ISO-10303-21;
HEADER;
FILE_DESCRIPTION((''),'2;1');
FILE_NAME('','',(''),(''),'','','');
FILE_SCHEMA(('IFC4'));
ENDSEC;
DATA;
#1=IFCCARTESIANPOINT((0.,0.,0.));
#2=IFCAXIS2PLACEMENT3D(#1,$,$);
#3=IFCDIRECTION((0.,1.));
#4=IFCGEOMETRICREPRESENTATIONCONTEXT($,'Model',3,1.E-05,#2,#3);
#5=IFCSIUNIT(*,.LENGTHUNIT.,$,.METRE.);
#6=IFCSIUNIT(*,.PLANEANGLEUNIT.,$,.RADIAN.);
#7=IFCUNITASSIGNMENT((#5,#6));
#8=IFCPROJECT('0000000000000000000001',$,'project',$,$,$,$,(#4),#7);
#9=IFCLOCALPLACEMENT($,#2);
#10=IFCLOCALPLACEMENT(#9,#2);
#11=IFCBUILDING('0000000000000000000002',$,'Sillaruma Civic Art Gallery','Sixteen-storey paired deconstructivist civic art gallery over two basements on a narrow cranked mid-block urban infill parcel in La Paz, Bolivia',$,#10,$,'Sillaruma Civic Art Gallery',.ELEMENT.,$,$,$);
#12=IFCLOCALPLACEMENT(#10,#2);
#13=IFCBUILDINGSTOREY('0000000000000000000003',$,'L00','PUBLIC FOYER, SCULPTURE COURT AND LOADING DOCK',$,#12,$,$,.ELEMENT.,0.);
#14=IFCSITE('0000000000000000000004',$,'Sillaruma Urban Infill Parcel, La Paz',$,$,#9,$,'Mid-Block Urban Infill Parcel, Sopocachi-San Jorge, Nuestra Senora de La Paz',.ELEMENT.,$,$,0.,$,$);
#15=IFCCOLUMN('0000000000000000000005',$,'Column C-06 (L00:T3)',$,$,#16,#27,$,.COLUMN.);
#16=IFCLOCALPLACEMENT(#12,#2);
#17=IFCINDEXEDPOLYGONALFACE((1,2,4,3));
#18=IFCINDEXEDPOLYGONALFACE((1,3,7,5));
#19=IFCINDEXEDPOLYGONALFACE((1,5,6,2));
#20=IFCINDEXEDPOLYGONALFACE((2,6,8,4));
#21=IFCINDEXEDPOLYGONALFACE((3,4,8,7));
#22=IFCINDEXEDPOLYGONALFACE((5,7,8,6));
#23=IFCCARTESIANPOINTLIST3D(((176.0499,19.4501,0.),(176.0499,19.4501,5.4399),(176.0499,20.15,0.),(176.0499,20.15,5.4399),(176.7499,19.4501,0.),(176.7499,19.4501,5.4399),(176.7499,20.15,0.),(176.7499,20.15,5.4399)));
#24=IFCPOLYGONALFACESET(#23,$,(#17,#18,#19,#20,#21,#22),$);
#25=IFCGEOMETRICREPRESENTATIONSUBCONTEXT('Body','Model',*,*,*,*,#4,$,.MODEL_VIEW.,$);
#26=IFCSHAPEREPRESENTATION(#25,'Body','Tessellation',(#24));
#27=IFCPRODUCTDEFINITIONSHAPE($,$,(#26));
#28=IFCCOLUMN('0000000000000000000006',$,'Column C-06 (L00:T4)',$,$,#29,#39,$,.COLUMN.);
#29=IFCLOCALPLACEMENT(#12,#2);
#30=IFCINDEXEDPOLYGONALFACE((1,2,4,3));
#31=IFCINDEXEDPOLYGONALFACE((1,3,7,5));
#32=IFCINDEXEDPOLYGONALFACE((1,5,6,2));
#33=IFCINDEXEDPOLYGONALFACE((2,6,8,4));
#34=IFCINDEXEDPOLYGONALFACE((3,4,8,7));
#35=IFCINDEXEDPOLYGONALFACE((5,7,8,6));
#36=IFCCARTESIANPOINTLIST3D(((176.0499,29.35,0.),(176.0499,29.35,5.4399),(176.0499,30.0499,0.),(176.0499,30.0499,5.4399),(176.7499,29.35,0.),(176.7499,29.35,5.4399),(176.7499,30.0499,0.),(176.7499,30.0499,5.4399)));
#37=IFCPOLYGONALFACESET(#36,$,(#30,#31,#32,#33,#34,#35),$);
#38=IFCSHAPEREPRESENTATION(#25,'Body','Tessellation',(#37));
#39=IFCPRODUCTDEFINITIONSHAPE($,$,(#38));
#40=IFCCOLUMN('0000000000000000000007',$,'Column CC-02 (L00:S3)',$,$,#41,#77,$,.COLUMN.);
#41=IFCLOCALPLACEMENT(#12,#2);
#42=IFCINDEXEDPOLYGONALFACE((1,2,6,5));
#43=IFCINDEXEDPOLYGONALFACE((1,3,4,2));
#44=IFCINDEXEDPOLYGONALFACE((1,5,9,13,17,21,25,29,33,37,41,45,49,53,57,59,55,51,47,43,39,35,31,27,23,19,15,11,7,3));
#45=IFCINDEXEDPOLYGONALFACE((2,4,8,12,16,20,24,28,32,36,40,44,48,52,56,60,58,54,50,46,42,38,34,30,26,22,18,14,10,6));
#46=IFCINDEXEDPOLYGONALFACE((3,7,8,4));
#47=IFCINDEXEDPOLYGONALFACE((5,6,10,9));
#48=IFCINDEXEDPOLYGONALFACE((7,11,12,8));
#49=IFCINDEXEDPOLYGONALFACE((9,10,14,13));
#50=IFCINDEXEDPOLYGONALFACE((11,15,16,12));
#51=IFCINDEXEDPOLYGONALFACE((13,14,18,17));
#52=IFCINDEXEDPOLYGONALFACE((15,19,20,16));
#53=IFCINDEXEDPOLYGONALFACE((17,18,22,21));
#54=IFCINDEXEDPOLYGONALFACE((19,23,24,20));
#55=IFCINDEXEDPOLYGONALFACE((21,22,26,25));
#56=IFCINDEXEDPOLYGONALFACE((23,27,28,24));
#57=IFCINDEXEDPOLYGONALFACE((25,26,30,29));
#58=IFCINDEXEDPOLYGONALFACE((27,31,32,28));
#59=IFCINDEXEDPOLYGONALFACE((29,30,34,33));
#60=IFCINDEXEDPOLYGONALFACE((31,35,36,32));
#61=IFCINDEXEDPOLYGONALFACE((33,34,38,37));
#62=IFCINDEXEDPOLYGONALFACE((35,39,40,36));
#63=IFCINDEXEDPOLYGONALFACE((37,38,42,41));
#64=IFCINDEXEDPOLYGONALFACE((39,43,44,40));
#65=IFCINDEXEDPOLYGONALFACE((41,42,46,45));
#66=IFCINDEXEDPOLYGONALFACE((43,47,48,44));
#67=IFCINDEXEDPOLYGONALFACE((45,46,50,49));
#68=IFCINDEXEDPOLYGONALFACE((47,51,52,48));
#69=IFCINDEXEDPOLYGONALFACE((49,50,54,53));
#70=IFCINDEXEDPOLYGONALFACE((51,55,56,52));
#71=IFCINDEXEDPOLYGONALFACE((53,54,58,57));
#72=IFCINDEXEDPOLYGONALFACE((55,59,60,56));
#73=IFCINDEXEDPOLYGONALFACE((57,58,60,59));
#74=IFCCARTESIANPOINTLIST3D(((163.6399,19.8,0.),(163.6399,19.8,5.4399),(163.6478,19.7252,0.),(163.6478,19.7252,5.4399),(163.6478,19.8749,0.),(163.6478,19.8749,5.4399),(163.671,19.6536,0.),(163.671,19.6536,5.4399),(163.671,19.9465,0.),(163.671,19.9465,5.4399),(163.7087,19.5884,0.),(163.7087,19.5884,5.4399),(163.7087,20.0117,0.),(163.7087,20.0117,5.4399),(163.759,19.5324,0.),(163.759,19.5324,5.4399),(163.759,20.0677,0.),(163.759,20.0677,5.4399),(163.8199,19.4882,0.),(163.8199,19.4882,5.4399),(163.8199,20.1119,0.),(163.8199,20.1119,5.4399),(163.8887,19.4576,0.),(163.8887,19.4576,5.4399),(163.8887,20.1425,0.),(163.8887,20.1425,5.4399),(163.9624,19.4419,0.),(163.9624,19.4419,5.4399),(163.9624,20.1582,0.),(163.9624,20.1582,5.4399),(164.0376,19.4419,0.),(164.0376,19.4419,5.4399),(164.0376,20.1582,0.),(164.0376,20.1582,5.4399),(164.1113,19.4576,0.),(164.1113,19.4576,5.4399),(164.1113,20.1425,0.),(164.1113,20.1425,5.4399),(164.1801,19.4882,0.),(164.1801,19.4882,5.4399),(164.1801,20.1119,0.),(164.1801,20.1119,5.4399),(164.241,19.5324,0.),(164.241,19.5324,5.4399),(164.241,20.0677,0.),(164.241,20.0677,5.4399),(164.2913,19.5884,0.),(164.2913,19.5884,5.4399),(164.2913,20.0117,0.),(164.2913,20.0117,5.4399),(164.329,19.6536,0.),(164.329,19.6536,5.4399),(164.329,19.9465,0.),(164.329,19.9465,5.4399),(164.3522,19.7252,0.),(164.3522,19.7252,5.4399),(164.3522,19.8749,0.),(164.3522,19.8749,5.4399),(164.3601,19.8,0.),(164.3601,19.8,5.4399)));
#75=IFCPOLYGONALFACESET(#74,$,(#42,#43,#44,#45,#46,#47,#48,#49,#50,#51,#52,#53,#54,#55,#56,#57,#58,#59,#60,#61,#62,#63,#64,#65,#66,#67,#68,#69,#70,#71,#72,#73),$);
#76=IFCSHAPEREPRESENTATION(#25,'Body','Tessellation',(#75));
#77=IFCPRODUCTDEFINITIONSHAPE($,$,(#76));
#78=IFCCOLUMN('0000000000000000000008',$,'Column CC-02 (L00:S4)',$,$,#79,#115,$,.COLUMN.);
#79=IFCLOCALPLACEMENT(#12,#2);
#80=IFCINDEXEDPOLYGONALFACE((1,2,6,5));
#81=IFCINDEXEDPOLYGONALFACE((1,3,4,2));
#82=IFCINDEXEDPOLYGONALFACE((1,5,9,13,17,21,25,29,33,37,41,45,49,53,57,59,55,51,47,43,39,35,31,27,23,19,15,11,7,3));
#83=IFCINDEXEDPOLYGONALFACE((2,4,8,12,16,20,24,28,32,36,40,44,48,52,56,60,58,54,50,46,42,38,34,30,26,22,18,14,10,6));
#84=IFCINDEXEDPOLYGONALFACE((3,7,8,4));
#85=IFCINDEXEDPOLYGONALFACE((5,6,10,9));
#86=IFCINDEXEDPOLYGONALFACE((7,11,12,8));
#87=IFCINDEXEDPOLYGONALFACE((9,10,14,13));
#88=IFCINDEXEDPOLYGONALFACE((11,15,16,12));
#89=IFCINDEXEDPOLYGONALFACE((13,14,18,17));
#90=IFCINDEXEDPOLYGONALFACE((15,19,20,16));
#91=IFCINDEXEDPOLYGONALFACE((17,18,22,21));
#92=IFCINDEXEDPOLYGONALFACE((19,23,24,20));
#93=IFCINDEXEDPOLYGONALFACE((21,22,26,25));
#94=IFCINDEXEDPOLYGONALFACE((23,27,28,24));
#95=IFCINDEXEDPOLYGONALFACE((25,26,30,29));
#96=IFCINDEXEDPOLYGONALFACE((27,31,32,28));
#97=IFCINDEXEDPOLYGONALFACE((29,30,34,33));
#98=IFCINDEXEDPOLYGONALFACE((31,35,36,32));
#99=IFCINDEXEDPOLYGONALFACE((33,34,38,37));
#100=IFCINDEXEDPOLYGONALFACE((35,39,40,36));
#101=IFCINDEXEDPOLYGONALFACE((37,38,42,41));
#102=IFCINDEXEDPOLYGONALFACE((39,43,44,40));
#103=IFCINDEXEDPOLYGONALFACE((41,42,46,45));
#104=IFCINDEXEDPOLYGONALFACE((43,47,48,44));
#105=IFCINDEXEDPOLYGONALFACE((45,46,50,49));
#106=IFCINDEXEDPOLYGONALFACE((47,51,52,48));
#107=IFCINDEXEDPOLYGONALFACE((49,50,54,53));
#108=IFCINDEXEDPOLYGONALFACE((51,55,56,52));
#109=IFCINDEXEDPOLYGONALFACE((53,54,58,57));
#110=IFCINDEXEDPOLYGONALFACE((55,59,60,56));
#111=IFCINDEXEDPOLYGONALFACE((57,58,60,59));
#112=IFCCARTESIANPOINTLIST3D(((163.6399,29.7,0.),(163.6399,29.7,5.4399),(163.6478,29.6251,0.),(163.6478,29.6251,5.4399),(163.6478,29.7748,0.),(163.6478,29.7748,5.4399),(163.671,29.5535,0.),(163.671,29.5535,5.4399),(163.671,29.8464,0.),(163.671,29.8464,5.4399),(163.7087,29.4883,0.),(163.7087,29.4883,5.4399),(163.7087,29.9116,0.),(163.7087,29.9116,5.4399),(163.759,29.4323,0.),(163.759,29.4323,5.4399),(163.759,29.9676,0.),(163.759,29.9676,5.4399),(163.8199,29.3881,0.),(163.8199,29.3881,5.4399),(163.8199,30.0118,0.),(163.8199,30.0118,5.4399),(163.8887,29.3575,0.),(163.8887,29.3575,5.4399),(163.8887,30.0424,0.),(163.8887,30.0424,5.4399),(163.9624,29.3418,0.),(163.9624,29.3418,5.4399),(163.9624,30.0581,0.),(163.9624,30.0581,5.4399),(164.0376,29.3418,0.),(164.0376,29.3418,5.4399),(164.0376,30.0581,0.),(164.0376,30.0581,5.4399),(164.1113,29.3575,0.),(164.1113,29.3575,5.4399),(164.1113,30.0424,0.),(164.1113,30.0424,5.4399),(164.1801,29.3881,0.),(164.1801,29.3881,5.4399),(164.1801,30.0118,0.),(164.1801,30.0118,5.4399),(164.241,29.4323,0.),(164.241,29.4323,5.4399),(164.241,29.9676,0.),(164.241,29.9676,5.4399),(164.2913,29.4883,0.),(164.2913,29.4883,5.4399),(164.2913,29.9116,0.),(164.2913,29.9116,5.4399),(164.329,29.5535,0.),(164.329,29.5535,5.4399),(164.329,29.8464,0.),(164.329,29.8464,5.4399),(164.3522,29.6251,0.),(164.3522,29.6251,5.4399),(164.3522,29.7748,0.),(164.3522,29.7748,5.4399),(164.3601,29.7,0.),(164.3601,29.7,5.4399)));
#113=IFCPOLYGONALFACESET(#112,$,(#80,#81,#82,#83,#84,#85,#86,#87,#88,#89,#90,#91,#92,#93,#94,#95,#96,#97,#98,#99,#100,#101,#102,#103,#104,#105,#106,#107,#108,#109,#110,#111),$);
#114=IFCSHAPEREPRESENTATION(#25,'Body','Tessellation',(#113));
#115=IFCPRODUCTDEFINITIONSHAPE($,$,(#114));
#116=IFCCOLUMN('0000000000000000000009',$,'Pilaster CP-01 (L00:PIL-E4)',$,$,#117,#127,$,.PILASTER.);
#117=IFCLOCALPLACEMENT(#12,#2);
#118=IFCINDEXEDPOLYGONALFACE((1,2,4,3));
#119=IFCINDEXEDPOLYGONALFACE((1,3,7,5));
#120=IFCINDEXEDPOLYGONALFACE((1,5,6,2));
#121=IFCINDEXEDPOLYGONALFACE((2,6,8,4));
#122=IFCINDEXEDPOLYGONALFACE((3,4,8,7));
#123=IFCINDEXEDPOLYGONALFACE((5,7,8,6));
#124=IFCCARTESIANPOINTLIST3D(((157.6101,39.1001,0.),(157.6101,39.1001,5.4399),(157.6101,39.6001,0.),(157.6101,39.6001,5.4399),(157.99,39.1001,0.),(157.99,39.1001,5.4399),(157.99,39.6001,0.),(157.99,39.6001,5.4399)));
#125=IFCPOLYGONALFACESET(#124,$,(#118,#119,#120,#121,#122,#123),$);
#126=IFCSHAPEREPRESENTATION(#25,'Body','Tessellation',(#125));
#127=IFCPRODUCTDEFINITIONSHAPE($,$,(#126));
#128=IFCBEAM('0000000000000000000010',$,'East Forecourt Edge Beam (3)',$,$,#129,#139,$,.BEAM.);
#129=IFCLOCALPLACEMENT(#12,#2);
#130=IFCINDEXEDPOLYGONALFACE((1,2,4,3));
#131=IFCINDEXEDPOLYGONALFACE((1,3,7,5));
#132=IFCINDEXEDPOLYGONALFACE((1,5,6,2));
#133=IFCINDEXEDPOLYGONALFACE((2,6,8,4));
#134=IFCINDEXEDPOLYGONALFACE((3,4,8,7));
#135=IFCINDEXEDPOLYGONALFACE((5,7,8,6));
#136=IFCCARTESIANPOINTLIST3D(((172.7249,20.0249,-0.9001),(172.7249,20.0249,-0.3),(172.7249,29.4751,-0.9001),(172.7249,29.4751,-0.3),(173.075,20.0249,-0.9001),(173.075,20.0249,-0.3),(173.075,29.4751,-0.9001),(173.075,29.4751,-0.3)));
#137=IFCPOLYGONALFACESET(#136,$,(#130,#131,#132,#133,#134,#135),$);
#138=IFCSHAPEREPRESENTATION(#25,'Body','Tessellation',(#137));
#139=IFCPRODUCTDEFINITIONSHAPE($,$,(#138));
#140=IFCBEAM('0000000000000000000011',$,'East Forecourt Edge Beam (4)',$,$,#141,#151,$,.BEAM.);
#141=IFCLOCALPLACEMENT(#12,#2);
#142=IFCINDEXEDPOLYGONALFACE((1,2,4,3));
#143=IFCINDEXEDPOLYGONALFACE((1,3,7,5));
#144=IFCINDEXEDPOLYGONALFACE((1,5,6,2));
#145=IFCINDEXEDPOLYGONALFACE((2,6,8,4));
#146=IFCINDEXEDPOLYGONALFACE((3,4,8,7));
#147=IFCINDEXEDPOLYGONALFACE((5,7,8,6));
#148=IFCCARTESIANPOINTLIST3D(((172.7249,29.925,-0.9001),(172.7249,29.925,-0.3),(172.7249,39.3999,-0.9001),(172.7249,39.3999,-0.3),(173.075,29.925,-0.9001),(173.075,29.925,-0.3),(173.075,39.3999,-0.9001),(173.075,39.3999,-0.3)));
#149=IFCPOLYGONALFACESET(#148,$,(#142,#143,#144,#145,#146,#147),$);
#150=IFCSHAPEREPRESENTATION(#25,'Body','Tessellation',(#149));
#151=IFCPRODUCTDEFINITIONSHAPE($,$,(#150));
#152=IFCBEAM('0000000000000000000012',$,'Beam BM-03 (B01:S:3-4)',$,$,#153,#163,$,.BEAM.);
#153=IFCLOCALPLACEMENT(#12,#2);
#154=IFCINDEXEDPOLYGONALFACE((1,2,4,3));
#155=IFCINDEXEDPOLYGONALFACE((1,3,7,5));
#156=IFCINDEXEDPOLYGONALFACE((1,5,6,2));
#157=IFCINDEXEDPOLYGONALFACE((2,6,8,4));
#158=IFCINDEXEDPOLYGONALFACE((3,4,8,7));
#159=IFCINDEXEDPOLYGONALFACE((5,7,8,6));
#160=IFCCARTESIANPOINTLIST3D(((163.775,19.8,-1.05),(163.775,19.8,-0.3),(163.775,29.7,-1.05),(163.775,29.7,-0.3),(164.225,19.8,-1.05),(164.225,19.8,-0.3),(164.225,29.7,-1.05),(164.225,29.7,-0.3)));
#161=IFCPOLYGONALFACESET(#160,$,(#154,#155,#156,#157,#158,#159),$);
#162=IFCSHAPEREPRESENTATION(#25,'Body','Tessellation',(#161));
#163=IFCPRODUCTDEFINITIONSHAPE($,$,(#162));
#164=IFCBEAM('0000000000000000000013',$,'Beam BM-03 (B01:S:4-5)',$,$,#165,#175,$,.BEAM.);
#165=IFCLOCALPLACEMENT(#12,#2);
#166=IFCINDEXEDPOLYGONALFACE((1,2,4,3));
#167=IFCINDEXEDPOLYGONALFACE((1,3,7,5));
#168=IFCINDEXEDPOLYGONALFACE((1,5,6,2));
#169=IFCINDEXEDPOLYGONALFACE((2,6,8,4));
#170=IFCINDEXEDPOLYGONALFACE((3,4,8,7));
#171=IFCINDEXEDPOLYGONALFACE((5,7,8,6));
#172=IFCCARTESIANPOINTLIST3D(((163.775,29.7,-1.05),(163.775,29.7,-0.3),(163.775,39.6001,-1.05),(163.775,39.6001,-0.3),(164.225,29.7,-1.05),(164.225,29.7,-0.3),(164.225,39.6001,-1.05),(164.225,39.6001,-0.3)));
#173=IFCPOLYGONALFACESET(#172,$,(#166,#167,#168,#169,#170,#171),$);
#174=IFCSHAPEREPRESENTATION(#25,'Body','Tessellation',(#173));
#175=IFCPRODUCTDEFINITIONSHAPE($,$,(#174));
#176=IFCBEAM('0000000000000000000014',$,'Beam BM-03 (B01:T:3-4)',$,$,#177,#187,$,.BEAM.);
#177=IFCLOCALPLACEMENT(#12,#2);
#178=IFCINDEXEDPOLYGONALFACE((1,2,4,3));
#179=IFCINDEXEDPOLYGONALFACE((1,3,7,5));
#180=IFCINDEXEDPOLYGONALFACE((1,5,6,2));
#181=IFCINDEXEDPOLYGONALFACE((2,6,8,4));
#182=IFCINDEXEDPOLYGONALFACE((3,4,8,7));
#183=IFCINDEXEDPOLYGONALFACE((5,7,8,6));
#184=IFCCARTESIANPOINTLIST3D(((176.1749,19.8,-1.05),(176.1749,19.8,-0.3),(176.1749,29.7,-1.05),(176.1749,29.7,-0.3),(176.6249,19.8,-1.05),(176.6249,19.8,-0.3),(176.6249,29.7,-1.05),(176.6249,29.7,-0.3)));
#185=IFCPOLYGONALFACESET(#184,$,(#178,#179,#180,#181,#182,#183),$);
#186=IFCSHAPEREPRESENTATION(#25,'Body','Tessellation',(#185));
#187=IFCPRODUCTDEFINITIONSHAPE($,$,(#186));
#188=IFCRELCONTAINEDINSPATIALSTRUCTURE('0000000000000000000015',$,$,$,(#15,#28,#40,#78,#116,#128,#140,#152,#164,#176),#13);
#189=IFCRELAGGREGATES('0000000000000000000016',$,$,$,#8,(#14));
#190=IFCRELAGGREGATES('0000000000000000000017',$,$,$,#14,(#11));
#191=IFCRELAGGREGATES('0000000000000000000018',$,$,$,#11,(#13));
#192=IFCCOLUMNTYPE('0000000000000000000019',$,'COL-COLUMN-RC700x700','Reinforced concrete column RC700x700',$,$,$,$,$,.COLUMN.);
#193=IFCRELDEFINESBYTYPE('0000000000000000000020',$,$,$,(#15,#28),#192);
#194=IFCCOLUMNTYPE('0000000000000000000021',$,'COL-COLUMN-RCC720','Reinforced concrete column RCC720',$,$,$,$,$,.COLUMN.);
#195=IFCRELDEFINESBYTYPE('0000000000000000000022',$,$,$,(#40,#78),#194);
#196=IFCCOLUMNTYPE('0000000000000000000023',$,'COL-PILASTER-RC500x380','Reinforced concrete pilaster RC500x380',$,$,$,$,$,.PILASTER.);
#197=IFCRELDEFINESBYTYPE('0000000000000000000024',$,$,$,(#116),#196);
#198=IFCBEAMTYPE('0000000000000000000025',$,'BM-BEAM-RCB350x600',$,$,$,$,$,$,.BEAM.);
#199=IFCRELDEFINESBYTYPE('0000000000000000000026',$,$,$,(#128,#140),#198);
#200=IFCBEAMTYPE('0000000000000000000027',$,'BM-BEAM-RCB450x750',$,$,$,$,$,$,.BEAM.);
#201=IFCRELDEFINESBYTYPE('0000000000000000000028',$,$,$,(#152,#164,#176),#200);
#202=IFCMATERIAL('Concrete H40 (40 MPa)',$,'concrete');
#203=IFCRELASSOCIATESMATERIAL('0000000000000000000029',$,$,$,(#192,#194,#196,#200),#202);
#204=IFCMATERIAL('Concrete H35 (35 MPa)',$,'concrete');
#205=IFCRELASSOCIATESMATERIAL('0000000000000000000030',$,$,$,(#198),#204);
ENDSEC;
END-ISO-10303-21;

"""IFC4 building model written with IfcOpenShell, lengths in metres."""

from ifc_helpers import new_model, si_unit, direction, frame, origin, origin_2d, place, context, subcontext, project, spatial, rectangle, circle, extrude, material, material_profile, profile_set, type_object, element, save


model = new_model("IFC4")

# Units and contexts
model_context = context("Model", 3, precision=1e-05, world=origin(), true_north=direction((0.0, 1.0)))
body_context = subcontext(model_context, "Body", "Model", "MODEL_VIEW")
ifc_project = project(units=[si_unit("LENGTHUNIT", "METRE"), si_unit("PLANEANGLEUNIT", "RADIAN")], contexts=[model_context])

# Site, building, storey
site_placement = place(None, origin())
site = spatial("IfcSite", under=ifc_project, at=site_placement, Name="Sillaruma Urban Infill Parcel, La Paz", LongName="Mid-Block Urban Infill Parcel, Sopocachi-San Jorge, Nuestra Senora de La Paz", CompositionType="ELEMENT", RefElevation=0.0)
building_placement = place(site_placement, origin())
building = spatial("IfcBuilding", under=site, at=building_placement, Name="Sillaruma Civic Art Gallery", Description="Sixteen-storey paired deconstructivist civic art gallery over two basements on a narrow cranked mid-block urban infill parcel in La Paz, Bolivia", LongName="Sillaruma Civic Art Gallery", CompositionType="ELEMENT")
storey_placement = place(building_placement, origin())
storey = spatial("IfcBuildingStorey", under=building, at=storey_placement, Name="L00", Description="PUBLIC FOYER, SCULPTURE COURT AND LOADING DOCK", CompositionType="ELEMENT", Elevation=0.0)

# Columns
ifc_material_1 = material(Name="Concrete H40 (40 MPa)", Category="concrete")
ifc_material_profile_1 = material_profile(ifc_material_1, rectangle(XDim=0.7, YDim=0.7, at=origin_2d()), Name="RC700x700")
ifc_profile_set_1 = profile_set([ifc_material_profile_1], Name="Concrete H40 (40 MPa)")
column_type_1 = type_object("IfcColumnType", Name="COL-COLUMN-RC700x700", Description="Reinforced concrete column RC700x700", PredefinedType="COLUMN", material=ifc_profile_set_1)
for number, where, z_axis, x_axis, name in (
    (1, (176.3999, 19.8, 0.0), (0.0, 0.0, 1.0), (1.0, 0.0, 0.0), "Column C-06 (L00:T3)"),
    (2, (176.3999, 29.7, 0.0), (0.0, 0.0, 1.0), (1.0, 0.0, 0.0), "Column C-06 (L00:T4)"),
):
    element("IfcColumn", number, at=place(storey_placement, frame(where, z_axis=z_axis, x_axis=x_axis)), inside=storey, type_object=column_type_1, Name=name, PredefinedType="COLUMN", context=body_context, shape_type="SweptSolid", body=[
        extrude(rectangle(XDim=0.7, YDim=0.7, at=origin_2d()), origin(), (0.0, 0.0, 1.0), 5.4399),
    ])
ifc_material_profile_2 = material_profile(ifc_material_1, circle(Radius=0.3601, at=origin_2d()), Name="RCC720")
ifc_profile_set_2 = profile_set([ifc_material_profile_2], Name="Concrete H40 (40 MPa)")
column_type_2 = type_object("IfcColumnType", Name="COL-COLUMN-RCC720", Description="Reinforced concrete column RCC720", PredefinedType="COLUMN", material=ifc_profile_set_2)
for number, where, z_axis, x_axis, name in (
    (3, (164.0, 19.8, 0.0), (0.0, 0.0, 1.0), (1.0, 0.0, 0.0), "Column CC-02 (L00:S3)"),
    (4, (164.0, 29.7, 0.0), (0.0, 0.0, 1.0), (1.0, 0.0, 0.0), "Column CC-02 (L00:S4)"),
):
    element("IfcColumn", number, at=place(storey_placement, frame(where, z_axis=z_axis, x_axis=x_axis)), inside=storey, type_object=column_type_2, Name=name, PredefinedType="COLUMN", context=body_context, shape_type="SweptSolid", body=[
        extrude(circle(Radius=0.3601, at=origin_2d()), origin(), (0.0, 0.0, 1.0), 5.4399),
    ])
ifc_material_profile_3 = material_profile(ifc_material_1, rectangle(XDim=0.3799, YDim=0.5, at=origin_2d()), Name="RC500x380")
ifc_profile_set_3 = profile_set([ifc_material_profile_3], Name="Concrete H40 (40 MPa)")
column_type_3 = type_object("IfcColumnType", Name="COL-PILASTER-RC500x380", Description="Reinforced concrete pilaster RC500x380", PredefinedType="PILASTER", material=ifc_profile_set_3)
column_placement = place(storey_placement, frame((157.8, 39.3501, 0.0), z_axis=(0.0, 0.0, 1.0), x_axis=(1.0, 0.0, 0.0)))
element("IfcColumn", 5, at=column_placement, inside=storey, type_object=column_type_3, Name="Pilaster CP-01 (L00:PIL-E4)", PredefinedType="PILASTER", context=body_context, shape_type="SweptSolid", body=[
    extrude(rectangle(XDim=0.3799, YDim=0.5, at=origin_2d()), origin(), (0.0, 0.0, 1.0), 5.4399),
])

# Beams
ifc_material_2 = material(Name="Concrete H35 (35 MPa)", Category="concrete")
ifc_material_profile_4 = material_profile(ifc_material_2, rectangle(XDim=0.3501, YDim=0.6001, at=origin_2d()), Name="RCB350x600")
ifc_profile_set_4 = profile_set([ifc_material_profile_4], Name="Concrete H35 (35 MPa)")
beam_type_1 = type_object("IfcBeamType", Name="BM-BEAM-RCB350x600", PredefinedType="BEAM", material=ifc_profile_set_4)
beam_1_placement = place(storey_placement, frame((172.8999, 20.0249, -0.6001), z_axis=(0.0, 1.0, 0.0), x_axis=(-1.0, 0.0, 0.0)))
element("IfcBeam", 6, at=beam_1_placement, inside=storey, type_object=beam_type_1, Name="East Forecourt Edge Beam (3)", PredefinedType="BEAM", context=body_context, shape_type="SweptSolid", body=[
    extrude(rectangle(XDim=0.3501, YDim=0.6001, at=origin_2d()), origin(), (0.0, 0.0, 1.0), 9.4502),
])
beam_2_placement = place(storey_placement, frame((172.8999, 29.925, -0.6001), z_axis=(0.0, 1.0, 0.0), x_axis=(-1.0, 0.0, 0.0)))
element("IfcBeam", 7, at=beam_2_placement, inside=storey, type_object=beam_type_1, Name="East Forecourt Edge Beam (4)", PredefinedType="BEAM", context=body_context, shape_type="SweptSolid", body=[
    extrude(rectangle(XDim=0.3501, YDim=0.6001, at=origin_2d()), origin(), (0.0, 0.0, 1.0), 9.4749),
])
ifc_material_profile_5 = material_profile(ifc_material_1, rectangle(XDim=0.45, YDim=0.75, at=origin_2d()), Name="RCB450x750")
ifc_profile_set_5 = profile_set([ifc_material_profile_5], Name="Concrete H40 (40 MPa)")
beam_type_2 = type_object("IfcBeamType", Name="BM-BEAM-RCB450x750", PredefinedType="BEAM", material=ifc_profile_set_5)
beam_3_placement = place(storey_placement, frame((164.0, 19.8, -0.675), z_axis=(0.0, 1.0, 0.0), x_axis=(-1.0, 0.0, 0.0)))
element("IfcBeam", 8, at=beam_3_placement, inside=storey, type_object=beam_type_2, Name="Beam BM-03 (B01:S:3-4)", PredefinedType="BEAM", context=body_context, shape_type="SweptSolid", body=[
    extrude(rectangle(XDim=0.45, YDim=0.75, at=origin_2d()), origin(), (0.0, 0.0, 1.0), 9.8999),
])
beam_4_placement = place(storey_placement, frame((164.0, 29.7, -0.675), z_axis=(0.0, 1.0, 0.0), x_axis=(-1.0, 0.0, 0.0)))
element("IfcBeam", 9, at=beam_4_placement, inside=storey, type_object=beam_type_2, Name="Beam BM-03 (B01:S:4-5)", PredefinedType="BEAM", context=body_context, shape_type="SweptSolid", body=[
    extrude(rectangle(XDim=0.45, YDim=0.75, at=origin_2d()), origin(), (0.0, 0.0, 1.0), 9.9001),
])
beam_5_placement = place(storey_placement, frame((176.3999, 19.8, -0.675), z_axis=(0.0, 1.0, 0.0), x_axis=(-1.0, 0.0, 0.0)))
element("IfcBeam", 10, at=beam_5_placement, inside=storey, type_object=beam_type_2, Name="Beam BM-03 (B01:T:3-4)", PredefinedType="BEAM", context=body_context, shape_type="SweptSolid", body=[
    extrude(rectangle(XDim=0.45, YDim=0.75, at=origin_2d()), origin(), (0.0, 0.0, 1.0), 9.8999),
])

save(model, "model.ifc")
